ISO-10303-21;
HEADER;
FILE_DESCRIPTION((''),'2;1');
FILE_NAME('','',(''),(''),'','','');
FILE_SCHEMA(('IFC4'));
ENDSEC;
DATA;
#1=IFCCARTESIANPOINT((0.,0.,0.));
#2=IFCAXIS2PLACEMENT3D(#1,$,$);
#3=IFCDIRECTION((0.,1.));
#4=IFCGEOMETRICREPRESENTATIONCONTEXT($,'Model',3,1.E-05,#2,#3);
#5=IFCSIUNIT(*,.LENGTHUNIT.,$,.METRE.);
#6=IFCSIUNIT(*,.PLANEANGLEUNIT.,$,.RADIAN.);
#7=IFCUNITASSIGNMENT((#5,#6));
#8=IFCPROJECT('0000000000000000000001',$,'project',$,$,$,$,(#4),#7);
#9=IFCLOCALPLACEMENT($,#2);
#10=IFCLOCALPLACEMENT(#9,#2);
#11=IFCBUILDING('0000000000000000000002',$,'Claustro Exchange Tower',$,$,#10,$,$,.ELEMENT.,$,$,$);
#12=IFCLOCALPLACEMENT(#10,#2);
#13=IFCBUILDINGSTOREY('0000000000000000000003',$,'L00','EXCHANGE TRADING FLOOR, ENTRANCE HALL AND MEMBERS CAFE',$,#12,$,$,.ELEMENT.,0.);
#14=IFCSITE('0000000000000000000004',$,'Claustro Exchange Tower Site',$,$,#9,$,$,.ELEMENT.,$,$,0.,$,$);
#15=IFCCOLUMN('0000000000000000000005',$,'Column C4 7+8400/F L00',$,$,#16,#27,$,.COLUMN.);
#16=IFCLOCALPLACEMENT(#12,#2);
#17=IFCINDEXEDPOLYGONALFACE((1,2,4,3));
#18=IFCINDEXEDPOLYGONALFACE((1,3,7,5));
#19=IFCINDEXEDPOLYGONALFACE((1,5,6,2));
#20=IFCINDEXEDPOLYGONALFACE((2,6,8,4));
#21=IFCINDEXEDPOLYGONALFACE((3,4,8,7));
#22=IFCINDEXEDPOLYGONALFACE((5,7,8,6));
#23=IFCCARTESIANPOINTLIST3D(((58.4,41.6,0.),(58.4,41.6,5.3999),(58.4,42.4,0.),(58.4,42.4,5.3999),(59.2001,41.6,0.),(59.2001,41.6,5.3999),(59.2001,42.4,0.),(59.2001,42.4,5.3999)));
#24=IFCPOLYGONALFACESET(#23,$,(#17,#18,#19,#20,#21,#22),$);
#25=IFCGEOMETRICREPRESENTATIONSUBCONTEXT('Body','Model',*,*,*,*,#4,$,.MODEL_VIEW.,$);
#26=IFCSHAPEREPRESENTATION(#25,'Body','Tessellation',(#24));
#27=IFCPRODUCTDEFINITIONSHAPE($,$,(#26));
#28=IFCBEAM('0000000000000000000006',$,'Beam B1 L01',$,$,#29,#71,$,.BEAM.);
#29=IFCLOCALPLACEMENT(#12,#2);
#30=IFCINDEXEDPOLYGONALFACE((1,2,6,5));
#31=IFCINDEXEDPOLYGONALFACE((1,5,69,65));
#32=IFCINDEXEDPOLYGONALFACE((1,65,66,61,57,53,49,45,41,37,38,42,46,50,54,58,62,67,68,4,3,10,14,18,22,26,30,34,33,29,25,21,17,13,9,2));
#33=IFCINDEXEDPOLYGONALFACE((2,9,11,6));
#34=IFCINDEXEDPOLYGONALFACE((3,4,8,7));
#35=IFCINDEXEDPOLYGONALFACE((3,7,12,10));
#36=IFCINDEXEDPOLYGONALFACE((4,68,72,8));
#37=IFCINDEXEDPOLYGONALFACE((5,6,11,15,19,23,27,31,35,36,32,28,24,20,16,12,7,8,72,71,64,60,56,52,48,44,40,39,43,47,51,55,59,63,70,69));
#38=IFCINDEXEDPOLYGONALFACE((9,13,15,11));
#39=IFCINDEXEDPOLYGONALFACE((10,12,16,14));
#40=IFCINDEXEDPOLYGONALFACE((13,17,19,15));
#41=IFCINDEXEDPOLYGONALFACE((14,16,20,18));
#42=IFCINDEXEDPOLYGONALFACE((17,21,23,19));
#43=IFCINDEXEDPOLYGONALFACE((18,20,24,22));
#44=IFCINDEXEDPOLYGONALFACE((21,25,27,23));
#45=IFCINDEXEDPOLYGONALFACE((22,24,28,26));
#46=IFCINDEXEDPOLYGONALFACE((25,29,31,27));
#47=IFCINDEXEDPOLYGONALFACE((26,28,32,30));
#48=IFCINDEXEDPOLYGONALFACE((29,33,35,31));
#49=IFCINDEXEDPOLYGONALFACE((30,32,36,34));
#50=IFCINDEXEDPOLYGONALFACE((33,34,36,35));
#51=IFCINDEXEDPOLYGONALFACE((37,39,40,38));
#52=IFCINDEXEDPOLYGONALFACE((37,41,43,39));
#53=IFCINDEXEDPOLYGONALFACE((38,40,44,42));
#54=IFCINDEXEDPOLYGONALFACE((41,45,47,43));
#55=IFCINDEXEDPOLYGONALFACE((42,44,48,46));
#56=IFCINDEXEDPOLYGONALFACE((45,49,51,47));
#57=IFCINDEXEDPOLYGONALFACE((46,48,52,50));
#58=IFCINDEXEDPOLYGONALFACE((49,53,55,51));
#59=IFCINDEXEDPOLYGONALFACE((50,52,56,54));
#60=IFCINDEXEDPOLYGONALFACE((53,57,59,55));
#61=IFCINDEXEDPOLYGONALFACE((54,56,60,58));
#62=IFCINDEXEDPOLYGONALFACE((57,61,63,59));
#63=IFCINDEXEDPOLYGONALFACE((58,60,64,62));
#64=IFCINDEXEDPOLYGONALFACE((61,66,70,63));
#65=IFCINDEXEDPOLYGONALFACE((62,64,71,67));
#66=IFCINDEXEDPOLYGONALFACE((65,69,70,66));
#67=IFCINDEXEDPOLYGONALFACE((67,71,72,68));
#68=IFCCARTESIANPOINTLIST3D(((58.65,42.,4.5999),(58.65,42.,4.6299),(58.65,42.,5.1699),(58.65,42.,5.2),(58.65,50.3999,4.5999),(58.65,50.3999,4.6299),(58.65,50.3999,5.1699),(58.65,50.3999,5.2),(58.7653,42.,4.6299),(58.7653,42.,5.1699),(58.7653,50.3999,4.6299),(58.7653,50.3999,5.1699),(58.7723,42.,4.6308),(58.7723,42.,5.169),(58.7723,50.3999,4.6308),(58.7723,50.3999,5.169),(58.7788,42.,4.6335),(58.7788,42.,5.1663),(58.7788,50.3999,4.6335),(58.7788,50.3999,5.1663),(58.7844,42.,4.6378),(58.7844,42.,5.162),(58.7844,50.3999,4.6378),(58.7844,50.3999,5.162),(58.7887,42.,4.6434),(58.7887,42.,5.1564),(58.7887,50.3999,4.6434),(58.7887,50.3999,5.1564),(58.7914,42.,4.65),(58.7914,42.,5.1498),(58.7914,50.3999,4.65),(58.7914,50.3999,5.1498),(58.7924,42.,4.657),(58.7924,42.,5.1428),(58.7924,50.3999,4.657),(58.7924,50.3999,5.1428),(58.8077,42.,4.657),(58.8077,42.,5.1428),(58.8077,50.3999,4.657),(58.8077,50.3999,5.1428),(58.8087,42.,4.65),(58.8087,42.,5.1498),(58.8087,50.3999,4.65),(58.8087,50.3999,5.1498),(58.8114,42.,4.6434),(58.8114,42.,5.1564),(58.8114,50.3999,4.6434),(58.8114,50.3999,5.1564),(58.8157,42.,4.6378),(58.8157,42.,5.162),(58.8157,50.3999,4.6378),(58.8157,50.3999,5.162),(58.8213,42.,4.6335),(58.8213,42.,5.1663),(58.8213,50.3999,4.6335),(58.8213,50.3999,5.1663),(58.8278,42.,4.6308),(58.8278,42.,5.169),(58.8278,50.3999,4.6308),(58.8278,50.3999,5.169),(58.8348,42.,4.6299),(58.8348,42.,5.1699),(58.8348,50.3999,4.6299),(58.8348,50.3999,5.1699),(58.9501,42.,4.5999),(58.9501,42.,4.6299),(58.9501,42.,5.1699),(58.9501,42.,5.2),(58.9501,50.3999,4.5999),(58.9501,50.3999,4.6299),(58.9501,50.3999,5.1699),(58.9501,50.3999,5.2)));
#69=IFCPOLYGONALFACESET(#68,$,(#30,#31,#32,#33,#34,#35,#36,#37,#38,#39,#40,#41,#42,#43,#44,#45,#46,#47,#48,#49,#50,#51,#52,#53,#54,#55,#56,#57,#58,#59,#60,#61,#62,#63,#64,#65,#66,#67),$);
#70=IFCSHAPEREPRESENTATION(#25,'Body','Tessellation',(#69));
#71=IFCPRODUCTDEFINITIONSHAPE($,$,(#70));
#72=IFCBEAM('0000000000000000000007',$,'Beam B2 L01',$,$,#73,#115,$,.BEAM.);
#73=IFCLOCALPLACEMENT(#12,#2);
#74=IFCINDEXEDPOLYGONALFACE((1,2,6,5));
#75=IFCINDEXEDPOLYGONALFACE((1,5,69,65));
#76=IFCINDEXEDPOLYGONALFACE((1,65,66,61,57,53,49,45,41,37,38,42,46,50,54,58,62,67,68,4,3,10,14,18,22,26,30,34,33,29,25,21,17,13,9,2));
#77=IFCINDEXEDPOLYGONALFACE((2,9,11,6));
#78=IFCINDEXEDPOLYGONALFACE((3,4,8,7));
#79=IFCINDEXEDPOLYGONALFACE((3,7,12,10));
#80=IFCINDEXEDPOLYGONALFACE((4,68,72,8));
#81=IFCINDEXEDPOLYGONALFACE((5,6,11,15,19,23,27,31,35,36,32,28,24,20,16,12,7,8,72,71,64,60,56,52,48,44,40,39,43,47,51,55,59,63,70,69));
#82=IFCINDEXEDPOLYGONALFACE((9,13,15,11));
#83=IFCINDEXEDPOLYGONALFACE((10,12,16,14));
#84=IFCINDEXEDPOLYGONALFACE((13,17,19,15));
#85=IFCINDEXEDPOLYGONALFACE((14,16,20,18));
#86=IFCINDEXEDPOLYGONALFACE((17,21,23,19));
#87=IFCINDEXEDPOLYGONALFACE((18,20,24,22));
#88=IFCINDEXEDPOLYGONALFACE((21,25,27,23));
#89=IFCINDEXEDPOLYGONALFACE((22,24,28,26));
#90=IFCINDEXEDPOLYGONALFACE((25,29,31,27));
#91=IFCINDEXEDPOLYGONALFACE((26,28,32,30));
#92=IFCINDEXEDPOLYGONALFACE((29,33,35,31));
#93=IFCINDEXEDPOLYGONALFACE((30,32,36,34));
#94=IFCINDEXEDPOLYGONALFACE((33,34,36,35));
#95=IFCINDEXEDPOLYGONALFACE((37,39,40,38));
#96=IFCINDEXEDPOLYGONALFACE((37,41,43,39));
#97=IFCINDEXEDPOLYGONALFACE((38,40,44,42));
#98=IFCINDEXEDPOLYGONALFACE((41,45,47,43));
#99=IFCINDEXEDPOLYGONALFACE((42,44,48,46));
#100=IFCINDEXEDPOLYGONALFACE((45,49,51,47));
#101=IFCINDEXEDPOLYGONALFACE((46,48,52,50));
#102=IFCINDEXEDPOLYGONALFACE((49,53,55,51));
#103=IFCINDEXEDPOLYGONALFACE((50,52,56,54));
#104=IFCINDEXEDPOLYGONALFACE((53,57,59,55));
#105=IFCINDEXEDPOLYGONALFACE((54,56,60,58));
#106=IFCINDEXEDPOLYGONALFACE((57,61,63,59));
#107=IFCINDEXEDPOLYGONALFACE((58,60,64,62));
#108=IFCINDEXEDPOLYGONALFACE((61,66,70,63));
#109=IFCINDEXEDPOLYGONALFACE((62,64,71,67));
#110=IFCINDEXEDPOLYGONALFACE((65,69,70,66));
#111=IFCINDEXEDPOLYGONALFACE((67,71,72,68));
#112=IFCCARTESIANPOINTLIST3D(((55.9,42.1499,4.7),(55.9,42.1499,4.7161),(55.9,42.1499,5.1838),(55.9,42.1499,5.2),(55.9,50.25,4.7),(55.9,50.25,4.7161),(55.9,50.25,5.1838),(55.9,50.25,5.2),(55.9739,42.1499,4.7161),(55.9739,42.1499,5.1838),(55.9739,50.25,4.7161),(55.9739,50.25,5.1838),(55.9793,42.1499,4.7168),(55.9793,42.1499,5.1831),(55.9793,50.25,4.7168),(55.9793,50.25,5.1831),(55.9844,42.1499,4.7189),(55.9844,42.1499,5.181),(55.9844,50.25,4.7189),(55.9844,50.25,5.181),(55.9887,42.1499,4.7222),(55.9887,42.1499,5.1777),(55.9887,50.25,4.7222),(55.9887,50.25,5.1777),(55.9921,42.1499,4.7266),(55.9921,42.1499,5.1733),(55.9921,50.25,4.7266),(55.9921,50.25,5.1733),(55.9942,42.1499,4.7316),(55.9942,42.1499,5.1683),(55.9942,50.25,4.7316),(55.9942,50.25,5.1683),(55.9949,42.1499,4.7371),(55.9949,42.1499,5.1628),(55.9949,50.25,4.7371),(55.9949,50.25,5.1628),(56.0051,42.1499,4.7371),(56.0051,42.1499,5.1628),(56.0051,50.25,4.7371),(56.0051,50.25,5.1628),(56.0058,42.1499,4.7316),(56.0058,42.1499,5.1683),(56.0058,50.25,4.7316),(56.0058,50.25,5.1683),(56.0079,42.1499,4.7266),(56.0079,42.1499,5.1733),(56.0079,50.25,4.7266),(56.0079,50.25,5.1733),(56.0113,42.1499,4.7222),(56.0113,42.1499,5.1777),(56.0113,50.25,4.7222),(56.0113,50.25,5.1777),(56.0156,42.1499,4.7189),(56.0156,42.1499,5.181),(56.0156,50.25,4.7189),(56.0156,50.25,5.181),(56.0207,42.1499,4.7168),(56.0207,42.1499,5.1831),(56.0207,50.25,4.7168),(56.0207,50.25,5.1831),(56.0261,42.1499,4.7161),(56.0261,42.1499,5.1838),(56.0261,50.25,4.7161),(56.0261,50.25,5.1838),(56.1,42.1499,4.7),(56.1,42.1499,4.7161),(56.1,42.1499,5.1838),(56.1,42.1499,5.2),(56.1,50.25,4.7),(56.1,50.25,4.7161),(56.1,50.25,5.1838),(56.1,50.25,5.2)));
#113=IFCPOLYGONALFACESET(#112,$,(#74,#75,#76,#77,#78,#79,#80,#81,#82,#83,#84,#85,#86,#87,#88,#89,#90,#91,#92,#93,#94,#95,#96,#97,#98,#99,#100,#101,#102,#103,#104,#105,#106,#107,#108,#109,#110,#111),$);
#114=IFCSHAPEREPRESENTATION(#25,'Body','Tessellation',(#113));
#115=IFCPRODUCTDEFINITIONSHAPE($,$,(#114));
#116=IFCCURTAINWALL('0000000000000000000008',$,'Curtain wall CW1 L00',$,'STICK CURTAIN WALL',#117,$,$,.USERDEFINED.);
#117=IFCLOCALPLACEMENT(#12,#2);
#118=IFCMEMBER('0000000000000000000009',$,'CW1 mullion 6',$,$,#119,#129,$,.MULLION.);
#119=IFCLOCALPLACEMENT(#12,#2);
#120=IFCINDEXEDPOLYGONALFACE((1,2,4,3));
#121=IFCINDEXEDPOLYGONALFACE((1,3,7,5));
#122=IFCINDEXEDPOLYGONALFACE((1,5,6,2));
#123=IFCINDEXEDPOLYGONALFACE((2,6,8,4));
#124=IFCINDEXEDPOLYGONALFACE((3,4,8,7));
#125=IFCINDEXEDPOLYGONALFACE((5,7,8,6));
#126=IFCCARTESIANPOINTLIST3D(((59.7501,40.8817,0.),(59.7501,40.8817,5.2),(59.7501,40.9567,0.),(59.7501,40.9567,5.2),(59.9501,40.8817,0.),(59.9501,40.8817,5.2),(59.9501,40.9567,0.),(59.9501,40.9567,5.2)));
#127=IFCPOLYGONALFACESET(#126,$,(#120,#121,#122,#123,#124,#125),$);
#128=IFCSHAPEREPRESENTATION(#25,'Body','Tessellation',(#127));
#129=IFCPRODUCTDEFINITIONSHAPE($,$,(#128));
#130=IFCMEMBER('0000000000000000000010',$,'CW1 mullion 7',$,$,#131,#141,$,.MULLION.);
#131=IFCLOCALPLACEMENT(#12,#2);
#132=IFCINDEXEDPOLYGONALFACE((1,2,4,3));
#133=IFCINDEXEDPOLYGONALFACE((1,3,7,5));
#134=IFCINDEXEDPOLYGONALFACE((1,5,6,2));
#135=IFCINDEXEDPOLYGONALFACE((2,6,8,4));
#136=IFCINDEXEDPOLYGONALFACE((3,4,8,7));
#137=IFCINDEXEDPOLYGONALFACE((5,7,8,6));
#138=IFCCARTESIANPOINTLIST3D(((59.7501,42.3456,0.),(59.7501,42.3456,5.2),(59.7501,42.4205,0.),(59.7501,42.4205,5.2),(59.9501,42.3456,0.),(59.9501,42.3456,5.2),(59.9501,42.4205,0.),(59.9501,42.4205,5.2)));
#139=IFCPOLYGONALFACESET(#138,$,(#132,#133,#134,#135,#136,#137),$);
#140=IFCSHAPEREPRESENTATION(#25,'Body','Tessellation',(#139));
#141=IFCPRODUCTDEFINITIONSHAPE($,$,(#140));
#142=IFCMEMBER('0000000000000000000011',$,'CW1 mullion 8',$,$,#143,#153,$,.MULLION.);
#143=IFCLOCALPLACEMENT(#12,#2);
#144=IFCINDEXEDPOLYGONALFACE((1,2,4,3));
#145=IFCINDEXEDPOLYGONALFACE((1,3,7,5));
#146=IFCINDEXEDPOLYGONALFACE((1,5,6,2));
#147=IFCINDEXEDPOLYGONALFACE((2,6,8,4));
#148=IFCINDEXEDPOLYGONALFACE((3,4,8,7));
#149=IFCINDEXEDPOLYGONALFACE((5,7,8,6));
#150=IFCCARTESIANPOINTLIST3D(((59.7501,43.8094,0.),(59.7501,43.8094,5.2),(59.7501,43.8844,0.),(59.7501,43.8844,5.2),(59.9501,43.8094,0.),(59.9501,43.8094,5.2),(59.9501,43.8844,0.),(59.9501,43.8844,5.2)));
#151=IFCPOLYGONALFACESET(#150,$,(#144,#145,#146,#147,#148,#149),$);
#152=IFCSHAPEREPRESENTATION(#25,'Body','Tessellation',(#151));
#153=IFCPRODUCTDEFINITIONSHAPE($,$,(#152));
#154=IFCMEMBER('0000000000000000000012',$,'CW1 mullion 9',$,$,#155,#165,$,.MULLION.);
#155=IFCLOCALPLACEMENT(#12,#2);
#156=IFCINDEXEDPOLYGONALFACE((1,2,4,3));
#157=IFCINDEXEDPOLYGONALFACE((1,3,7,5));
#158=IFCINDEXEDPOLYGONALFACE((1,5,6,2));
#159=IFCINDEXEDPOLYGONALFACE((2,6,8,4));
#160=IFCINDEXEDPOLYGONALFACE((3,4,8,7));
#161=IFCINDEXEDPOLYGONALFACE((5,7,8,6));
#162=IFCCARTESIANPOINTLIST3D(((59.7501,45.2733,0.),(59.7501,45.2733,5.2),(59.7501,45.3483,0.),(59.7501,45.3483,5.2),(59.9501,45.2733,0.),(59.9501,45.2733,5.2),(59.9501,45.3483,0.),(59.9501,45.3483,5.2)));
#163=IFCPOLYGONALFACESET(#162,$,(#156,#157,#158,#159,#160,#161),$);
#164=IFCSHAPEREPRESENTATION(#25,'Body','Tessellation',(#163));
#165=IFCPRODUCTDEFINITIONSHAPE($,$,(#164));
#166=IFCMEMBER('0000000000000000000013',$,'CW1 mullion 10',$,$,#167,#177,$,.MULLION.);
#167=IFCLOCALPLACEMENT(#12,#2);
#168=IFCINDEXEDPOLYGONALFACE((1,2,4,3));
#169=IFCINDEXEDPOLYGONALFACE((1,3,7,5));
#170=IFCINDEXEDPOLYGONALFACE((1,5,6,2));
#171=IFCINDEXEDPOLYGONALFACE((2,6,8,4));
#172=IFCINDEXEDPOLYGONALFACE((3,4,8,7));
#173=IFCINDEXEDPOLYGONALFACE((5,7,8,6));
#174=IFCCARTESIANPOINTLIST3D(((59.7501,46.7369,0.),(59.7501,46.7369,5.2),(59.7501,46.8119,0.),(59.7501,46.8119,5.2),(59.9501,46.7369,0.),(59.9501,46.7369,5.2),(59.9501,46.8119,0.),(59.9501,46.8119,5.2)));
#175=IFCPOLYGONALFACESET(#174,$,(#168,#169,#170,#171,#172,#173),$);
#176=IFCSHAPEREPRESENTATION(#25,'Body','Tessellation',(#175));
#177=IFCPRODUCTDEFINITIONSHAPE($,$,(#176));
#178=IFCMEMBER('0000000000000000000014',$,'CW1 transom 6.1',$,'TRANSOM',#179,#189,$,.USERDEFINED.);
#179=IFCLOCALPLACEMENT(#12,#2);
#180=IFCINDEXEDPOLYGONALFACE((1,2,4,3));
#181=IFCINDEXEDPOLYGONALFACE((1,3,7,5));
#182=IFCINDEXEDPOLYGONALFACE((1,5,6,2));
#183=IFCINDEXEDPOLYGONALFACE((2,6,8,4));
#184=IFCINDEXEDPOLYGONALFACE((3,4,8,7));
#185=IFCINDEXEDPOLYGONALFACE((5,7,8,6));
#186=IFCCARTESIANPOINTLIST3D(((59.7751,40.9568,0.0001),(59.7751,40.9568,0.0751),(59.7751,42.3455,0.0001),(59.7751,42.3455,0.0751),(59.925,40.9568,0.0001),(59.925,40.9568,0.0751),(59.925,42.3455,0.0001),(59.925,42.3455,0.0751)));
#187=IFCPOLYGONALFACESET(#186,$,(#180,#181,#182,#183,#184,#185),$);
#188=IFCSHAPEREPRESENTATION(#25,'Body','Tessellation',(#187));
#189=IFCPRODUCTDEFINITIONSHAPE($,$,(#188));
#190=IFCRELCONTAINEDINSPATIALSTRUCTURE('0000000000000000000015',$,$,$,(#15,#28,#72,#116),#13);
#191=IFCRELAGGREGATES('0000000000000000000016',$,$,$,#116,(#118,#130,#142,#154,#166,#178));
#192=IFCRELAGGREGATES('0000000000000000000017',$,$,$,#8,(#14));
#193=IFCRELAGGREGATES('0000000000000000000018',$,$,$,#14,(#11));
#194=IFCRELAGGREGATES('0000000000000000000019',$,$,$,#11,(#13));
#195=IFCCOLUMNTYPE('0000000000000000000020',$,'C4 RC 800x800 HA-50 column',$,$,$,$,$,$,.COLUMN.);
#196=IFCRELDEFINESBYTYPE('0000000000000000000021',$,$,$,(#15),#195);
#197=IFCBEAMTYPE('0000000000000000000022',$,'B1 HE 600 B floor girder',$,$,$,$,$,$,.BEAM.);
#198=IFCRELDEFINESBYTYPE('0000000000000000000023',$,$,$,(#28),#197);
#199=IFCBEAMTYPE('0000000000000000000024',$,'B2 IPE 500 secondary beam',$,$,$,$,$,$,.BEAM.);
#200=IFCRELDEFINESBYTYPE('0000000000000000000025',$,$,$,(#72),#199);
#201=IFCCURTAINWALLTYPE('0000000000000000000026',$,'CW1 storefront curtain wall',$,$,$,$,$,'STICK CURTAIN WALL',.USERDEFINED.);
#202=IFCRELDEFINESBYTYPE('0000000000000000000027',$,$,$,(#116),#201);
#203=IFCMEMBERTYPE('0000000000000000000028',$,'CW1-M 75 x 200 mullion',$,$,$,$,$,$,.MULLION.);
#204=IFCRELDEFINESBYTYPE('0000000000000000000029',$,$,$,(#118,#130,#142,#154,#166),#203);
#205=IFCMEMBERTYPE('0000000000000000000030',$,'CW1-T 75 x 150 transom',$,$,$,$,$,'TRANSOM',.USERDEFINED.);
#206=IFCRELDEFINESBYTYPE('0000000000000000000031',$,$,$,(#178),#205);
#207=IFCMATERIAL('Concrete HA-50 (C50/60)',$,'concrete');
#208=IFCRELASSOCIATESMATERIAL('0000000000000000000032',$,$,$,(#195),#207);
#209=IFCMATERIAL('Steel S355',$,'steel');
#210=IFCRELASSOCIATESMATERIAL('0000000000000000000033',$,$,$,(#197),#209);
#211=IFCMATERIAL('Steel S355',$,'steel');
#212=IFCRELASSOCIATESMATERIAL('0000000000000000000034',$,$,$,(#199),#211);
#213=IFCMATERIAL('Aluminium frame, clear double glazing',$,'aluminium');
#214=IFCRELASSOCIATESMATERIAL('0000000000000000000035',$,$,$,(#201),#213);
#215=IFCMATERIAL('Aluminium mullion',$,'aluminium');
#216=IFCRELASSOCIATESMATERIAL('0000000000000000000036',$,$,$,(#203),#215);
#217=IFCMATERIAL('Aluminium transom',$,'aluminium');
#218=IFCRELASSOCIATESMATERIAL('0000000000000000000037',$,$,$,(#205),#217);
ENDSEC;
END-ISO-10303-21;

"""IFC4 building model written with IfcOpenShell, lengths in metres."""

from ifc_helpers import new_model, si_unit, direction, frame, origin, origin_2d, place, context, subcontext, project, spatial, rectangle, i_section, extrude, material, material_profile, profile_set, type_object, element, aggregate, save


model = new_model("IFC4")

# Units and contexts
model_context = context("Model", 3, precision=1e-05, world=origin(), true_north=direction((0.0, 1.0)))
body_context = subcontext(model_context, "Body", "Model", "MODEL_VIEW")
ifc_project = project(units=[si_unit("LENGTHUNIT", "METRE"), si_unit("PLANEANGLEUNIT", "RADIAN")], contexts=[model_context])

# Site, building, storey
site_placement = place(None, origin())
site = spatial("IfcSite", under=ifc_project, at=site_placement, Name="Claustro Exchange Tower Site", CompositionType="ELEMENT", RefElevation=0.0)
building_placement = place(site_placement, origin())
building = spatial("IfcBuilding", under=site, at=building_placement, Name="Claustro Exchange Tower", CompositionType="ELEMENT")
storey_placement = place(building_placement, origin())
storey = spatial("IfcBuildingStorey", under=building, at=storey_placement, Name="L00", Description="EXCHANGE TRADING FLOOR, ENTRANCE HALL AND MEMBERS CAFE", CompositionType="ELEMENT", Elevation=0.0)

# Column
ifc_material_1 = material(Name="Concrete HA-50 (C50/60)", Category="concrete")
ifc_material_profile_1 = material_profile(ifc_material_1, rectangle(XDim=0.8, YDim=0.8, at=origin_2d()), Name="RC 800x800")
ifc_profile_set_1 = profile_set([ifc_material_profile_1], Name="Concrete HA-50 (C50/60)")
column_type = type_object("IfcColumnType", Name="C4 RC 800x800 HA-50 column", PredefinedType="COLUMN", material=ifc_profile_set_1)
column_placement = place(storey_placement, frame((58.8, 42.0, 0.0), z_axis=(0.0, 0.0, 1.0), x_axis=(1.0, 0.0, 0.0)))
element("IfcColumn", 1, at=column_placement, inside=storey, type_object=column_type, Name="Column C4 7+8400/F L00", PredefinedType="COLUMN", context=body_context, shape_type="SweptSolid", body=[
    extrude(rectangle(XDim=0.8, YDim=0.8, at=origin_2d()), origin(), (0.0, 0.0, 1.0), 5.3999),
])

# Beams
ifc_material_2 = material(Name="Steel S355", Category="steel")
ifc_material_profile_2 = material_profile(ifc_material_2, i_section(OverallWidth=0.3, OverallDepth=0.6001, WebThickness=0.0154, FlangeThickness=0.03, FilletRadius=0.0271, at=origin_2d()), Name="HE 600 B")
ifc_profile_set_2 = profile_set([ifc_material_profile_2], Name="Steel S355")
beam_type_1 = type_object("IfcBeamType", Name="B1 HE 600 B floor girder", PredefinedType="BEAM", material=ifc_profile_set_2)
beam_1_placement = place(storey_placement, frame((58.8, 42.0, 4.8999), z_axis=(0.0, 1.0, 0.0), x_axis=(-1.0, 0.0, 0.0)))
element("IfcBeam", 2, at=beam_1_placement, inside=storey, type_object=beam_type_1, Name="Beam B1 L01", PredefinedType="BEAM", context=body_context, shape_type="SweptSolid", body=[
    extrude(i_section(OverallWidth=0.3, OverallDepth=0.6001, WebThickness=0.0154, FlangeThickness=0.03, FilletRadius=0.0271, at=origin_2d()), origin(), (0.0, 0.0, 1.0), 8.3999),
])
ifc_material_3 = material(Name="Steel S355", Category="steel")
ifc_material_profile_3 = material_profile(ifc_material_3, i_section(OverallWidth=0.2, OverallDepth=0.5, WebThickness=0.0103, FlangeThickness=0.0161, FilletRadius=0.021, at=origin_2d()), Name="IPE 500")
ifc_profile_set_3 = profile_set([ifc_material_profile_3], Name="Steel S355")
beam_type_2 = type_object("IfcBeamType", Name="B2 IPE 500 secondary beam", PredefinedType="BEAM", material=ifc_profile_set_3)
beam_2_placement = place(storey_placement, frame((56.0, 42.1499, 4.95), z_axis=(0.0, 1.0, 0.0), x_axis=(-1.0, 0.0, 0.0)))
element("IfcBeam", 3, at=beam_2_placement, inside=storey, type_object=beam_type_2, Name="Beam B2 L01", PredefinedType="BEAM", context=body_context, shape_type="SweptSolid", body=[
    extrude(i_section(OverallWidth=0.2, OverallDepth=0.5, WebThickness=0.0103, FlangeThickness=0.0161, FilletRadius=0.021, at=origin_2d()), origin(), (0.0, 0.0, 1.0), 8.1001),
])

# Curtain wall, members
ifc_material_4 = material(Name="Aluminium frame, clear double glazing", Category="aluminium")
curtain_wall_type = type_object("IfcCurtainWallType", Name="CW1 storefront curtain wall", ElementType="STICK CURTAIN WALL", PredefinedType="USERDEFINED", material=ifc_material_4)
curtain_wall_placement = place(storey_placement, origin())
curtain_wall = element("IfcCurtainWall", 4, at=curtain_wall_placement, inside=storey, type_object=curtain_wall_type, Name="Curtain wall CW1 L00", ObjectType="STICK CURTAIN WALL", PredefinedType="USERDEFINED")
ifc_material_5 = material(Name="Aluminium mullion", Category="aluminium")
ifc_material_profile_4 = material_profile(ifc_material_5, rectangle(XDim=0.2, YDim=0.075, at=origin_2d()), Name="CW1-M 75x200")
ifc_profile_set_4 = profile_set([ifc_material_profile_4], Name="Aluminium mullion")
member_type_1 = type_object("IfcMemberType", Name="CW1-M 75 x 200 mullion", PredefinedType="MULLION", material=ifc_profile_set_4)
member_1_placement = place(storey_placement, frame((59.8501, 40.9192, 0.0), z_axis=(0.0, 0.0, 1.0), x_axis=(-1.0, 0.0, 0.0)))
member_1 = element("IfcMember", 5, at=member_1_placement, type_object=member_type_1, Name="CW1 mullion 6", PredefinedType="MULLION", context=body_context, shape_type="SweptSolid", body=[
    extrude(rectangle(XDim=0.2, YDim=0.075, at=origin_2d()), origin(), (0.0, 0.0, 1.0), 5.2),
])
member_2_placement = place(storey_placement, frame((59.8501, 42.3831, 0.0), z_axis=(0.0, 0.0, 1.0), x_axis=(-1.0, 0.0, 0.0)))
member_2 = element("IfcMember", 6, at=member_2_placement, type_object=member_type_1, Name="CW1 mullion 7", PredefinedType="MULLION", context=body_context, shape_type="SweptSolid", body=[
    extrude(rectangle(XDim=0.2, YDim=0.075, at=origin_2d()), origin(), (0.0, 0.0, 1.0), 5.2),
])
member_3_placement = place(storey_placement, frame((59.8501, 43.8469, 0.0), z_axis=(0.0, 0.0, 1.0), x_axis=(-1.0, 0.0, 0.0)))
member_3 = element("IfcMember", 7, at=member_3_placement, type_object=member_type_1, Name="CW1 mullion 8", PredefinedType="MULLION", context=body_context, shape_type="SweptSolid", body=[
    extrude(rectangle(XDim=0.2, YDim=0.075, at=origin_2d()), origin(), (0.0, 0.0, 1.0), 5.2),
])
member_4_placement = place(storey_placement, frame((59.8501, 45.3108, 0.0), z_axis=(0.0, 0.0, 1.0), x_axis=(-1.0, 0.0, 0.0)))
member_4 = element("IfcMember", 8, at=member_4_placement, type_object=member_type_1, Name="CW1 mullion 9", PredefinedType="MULLION", context=body_context, shape_type="SweptSolid", body=[
    extrude(rectangle(XDim=0.2, YDim=0.075, at=origin_2d()), origin(), (0.0, 0.0, 1.0), 5.2),
])
member_5_placement = place(storey_placement, frame((59.8501, 46.7744, 0.0), z_axis=(0.0, 0.0, 1.0), x_axis=(-1.0, 0.0, 0.0)))
member_5 = element("IfcMember", 9, at=member_5_placement, type_object=member_type_1, Name="CW1 mullion 10", PredefinedType="MULLION", context=body_context, shape_type="SweptSolid", body=[
    extrude(rectangle(XDim=0.2, YDim=0.075, at=origin_2d()), origin(), (0.0, 0.0, 1.0), 5.2),
])
ifc_material_6 = material(Name="Aluminium transom", Category="aluminium")
ifc_material_profile_5 = material_profile(ifc_material_6, rectangle(XDim=0.1499, YDim=0.075, at=origin_2d()), Name="CW1-T 75x150")
ifc_profile_set_5 = profile_set([ifc_material_profile_5], Name="Aluminium transom")
member_type_2 = type_object("IfcMemberType", Name="CW1-T 75 x 150 transom", ElementType="TRANSOM", PredefinedType="USERDEFINED", material=ifc_profile_set_5)
member_6_placement = place(storey_placement, frame((59.8501, 40.9568, 0.0376), z_axis=(0.0, 1.0, 0.0), x_axis=(-1.0, 0.0, 0.0)))
member_6 = element("IfcMember", 10, at=member_6_placement, type_object=member_type_2, Name="CW1 transom 6.1", ObjectType="TRANSOM", PredefinedType="USERDEFINED", context=body_context, shape_type="SweptSolid", body=[
    extrude(rectangle(XDim=0.1499, YDim=0.075, at=origin_2d()), origin(), (0.0, 0.0, 1.0), 1.3887),
])
aggregate(curtain_wall, [member_1, member_2, member_3, member_4, member_5, member_6])

save(model, "model.ifc")
